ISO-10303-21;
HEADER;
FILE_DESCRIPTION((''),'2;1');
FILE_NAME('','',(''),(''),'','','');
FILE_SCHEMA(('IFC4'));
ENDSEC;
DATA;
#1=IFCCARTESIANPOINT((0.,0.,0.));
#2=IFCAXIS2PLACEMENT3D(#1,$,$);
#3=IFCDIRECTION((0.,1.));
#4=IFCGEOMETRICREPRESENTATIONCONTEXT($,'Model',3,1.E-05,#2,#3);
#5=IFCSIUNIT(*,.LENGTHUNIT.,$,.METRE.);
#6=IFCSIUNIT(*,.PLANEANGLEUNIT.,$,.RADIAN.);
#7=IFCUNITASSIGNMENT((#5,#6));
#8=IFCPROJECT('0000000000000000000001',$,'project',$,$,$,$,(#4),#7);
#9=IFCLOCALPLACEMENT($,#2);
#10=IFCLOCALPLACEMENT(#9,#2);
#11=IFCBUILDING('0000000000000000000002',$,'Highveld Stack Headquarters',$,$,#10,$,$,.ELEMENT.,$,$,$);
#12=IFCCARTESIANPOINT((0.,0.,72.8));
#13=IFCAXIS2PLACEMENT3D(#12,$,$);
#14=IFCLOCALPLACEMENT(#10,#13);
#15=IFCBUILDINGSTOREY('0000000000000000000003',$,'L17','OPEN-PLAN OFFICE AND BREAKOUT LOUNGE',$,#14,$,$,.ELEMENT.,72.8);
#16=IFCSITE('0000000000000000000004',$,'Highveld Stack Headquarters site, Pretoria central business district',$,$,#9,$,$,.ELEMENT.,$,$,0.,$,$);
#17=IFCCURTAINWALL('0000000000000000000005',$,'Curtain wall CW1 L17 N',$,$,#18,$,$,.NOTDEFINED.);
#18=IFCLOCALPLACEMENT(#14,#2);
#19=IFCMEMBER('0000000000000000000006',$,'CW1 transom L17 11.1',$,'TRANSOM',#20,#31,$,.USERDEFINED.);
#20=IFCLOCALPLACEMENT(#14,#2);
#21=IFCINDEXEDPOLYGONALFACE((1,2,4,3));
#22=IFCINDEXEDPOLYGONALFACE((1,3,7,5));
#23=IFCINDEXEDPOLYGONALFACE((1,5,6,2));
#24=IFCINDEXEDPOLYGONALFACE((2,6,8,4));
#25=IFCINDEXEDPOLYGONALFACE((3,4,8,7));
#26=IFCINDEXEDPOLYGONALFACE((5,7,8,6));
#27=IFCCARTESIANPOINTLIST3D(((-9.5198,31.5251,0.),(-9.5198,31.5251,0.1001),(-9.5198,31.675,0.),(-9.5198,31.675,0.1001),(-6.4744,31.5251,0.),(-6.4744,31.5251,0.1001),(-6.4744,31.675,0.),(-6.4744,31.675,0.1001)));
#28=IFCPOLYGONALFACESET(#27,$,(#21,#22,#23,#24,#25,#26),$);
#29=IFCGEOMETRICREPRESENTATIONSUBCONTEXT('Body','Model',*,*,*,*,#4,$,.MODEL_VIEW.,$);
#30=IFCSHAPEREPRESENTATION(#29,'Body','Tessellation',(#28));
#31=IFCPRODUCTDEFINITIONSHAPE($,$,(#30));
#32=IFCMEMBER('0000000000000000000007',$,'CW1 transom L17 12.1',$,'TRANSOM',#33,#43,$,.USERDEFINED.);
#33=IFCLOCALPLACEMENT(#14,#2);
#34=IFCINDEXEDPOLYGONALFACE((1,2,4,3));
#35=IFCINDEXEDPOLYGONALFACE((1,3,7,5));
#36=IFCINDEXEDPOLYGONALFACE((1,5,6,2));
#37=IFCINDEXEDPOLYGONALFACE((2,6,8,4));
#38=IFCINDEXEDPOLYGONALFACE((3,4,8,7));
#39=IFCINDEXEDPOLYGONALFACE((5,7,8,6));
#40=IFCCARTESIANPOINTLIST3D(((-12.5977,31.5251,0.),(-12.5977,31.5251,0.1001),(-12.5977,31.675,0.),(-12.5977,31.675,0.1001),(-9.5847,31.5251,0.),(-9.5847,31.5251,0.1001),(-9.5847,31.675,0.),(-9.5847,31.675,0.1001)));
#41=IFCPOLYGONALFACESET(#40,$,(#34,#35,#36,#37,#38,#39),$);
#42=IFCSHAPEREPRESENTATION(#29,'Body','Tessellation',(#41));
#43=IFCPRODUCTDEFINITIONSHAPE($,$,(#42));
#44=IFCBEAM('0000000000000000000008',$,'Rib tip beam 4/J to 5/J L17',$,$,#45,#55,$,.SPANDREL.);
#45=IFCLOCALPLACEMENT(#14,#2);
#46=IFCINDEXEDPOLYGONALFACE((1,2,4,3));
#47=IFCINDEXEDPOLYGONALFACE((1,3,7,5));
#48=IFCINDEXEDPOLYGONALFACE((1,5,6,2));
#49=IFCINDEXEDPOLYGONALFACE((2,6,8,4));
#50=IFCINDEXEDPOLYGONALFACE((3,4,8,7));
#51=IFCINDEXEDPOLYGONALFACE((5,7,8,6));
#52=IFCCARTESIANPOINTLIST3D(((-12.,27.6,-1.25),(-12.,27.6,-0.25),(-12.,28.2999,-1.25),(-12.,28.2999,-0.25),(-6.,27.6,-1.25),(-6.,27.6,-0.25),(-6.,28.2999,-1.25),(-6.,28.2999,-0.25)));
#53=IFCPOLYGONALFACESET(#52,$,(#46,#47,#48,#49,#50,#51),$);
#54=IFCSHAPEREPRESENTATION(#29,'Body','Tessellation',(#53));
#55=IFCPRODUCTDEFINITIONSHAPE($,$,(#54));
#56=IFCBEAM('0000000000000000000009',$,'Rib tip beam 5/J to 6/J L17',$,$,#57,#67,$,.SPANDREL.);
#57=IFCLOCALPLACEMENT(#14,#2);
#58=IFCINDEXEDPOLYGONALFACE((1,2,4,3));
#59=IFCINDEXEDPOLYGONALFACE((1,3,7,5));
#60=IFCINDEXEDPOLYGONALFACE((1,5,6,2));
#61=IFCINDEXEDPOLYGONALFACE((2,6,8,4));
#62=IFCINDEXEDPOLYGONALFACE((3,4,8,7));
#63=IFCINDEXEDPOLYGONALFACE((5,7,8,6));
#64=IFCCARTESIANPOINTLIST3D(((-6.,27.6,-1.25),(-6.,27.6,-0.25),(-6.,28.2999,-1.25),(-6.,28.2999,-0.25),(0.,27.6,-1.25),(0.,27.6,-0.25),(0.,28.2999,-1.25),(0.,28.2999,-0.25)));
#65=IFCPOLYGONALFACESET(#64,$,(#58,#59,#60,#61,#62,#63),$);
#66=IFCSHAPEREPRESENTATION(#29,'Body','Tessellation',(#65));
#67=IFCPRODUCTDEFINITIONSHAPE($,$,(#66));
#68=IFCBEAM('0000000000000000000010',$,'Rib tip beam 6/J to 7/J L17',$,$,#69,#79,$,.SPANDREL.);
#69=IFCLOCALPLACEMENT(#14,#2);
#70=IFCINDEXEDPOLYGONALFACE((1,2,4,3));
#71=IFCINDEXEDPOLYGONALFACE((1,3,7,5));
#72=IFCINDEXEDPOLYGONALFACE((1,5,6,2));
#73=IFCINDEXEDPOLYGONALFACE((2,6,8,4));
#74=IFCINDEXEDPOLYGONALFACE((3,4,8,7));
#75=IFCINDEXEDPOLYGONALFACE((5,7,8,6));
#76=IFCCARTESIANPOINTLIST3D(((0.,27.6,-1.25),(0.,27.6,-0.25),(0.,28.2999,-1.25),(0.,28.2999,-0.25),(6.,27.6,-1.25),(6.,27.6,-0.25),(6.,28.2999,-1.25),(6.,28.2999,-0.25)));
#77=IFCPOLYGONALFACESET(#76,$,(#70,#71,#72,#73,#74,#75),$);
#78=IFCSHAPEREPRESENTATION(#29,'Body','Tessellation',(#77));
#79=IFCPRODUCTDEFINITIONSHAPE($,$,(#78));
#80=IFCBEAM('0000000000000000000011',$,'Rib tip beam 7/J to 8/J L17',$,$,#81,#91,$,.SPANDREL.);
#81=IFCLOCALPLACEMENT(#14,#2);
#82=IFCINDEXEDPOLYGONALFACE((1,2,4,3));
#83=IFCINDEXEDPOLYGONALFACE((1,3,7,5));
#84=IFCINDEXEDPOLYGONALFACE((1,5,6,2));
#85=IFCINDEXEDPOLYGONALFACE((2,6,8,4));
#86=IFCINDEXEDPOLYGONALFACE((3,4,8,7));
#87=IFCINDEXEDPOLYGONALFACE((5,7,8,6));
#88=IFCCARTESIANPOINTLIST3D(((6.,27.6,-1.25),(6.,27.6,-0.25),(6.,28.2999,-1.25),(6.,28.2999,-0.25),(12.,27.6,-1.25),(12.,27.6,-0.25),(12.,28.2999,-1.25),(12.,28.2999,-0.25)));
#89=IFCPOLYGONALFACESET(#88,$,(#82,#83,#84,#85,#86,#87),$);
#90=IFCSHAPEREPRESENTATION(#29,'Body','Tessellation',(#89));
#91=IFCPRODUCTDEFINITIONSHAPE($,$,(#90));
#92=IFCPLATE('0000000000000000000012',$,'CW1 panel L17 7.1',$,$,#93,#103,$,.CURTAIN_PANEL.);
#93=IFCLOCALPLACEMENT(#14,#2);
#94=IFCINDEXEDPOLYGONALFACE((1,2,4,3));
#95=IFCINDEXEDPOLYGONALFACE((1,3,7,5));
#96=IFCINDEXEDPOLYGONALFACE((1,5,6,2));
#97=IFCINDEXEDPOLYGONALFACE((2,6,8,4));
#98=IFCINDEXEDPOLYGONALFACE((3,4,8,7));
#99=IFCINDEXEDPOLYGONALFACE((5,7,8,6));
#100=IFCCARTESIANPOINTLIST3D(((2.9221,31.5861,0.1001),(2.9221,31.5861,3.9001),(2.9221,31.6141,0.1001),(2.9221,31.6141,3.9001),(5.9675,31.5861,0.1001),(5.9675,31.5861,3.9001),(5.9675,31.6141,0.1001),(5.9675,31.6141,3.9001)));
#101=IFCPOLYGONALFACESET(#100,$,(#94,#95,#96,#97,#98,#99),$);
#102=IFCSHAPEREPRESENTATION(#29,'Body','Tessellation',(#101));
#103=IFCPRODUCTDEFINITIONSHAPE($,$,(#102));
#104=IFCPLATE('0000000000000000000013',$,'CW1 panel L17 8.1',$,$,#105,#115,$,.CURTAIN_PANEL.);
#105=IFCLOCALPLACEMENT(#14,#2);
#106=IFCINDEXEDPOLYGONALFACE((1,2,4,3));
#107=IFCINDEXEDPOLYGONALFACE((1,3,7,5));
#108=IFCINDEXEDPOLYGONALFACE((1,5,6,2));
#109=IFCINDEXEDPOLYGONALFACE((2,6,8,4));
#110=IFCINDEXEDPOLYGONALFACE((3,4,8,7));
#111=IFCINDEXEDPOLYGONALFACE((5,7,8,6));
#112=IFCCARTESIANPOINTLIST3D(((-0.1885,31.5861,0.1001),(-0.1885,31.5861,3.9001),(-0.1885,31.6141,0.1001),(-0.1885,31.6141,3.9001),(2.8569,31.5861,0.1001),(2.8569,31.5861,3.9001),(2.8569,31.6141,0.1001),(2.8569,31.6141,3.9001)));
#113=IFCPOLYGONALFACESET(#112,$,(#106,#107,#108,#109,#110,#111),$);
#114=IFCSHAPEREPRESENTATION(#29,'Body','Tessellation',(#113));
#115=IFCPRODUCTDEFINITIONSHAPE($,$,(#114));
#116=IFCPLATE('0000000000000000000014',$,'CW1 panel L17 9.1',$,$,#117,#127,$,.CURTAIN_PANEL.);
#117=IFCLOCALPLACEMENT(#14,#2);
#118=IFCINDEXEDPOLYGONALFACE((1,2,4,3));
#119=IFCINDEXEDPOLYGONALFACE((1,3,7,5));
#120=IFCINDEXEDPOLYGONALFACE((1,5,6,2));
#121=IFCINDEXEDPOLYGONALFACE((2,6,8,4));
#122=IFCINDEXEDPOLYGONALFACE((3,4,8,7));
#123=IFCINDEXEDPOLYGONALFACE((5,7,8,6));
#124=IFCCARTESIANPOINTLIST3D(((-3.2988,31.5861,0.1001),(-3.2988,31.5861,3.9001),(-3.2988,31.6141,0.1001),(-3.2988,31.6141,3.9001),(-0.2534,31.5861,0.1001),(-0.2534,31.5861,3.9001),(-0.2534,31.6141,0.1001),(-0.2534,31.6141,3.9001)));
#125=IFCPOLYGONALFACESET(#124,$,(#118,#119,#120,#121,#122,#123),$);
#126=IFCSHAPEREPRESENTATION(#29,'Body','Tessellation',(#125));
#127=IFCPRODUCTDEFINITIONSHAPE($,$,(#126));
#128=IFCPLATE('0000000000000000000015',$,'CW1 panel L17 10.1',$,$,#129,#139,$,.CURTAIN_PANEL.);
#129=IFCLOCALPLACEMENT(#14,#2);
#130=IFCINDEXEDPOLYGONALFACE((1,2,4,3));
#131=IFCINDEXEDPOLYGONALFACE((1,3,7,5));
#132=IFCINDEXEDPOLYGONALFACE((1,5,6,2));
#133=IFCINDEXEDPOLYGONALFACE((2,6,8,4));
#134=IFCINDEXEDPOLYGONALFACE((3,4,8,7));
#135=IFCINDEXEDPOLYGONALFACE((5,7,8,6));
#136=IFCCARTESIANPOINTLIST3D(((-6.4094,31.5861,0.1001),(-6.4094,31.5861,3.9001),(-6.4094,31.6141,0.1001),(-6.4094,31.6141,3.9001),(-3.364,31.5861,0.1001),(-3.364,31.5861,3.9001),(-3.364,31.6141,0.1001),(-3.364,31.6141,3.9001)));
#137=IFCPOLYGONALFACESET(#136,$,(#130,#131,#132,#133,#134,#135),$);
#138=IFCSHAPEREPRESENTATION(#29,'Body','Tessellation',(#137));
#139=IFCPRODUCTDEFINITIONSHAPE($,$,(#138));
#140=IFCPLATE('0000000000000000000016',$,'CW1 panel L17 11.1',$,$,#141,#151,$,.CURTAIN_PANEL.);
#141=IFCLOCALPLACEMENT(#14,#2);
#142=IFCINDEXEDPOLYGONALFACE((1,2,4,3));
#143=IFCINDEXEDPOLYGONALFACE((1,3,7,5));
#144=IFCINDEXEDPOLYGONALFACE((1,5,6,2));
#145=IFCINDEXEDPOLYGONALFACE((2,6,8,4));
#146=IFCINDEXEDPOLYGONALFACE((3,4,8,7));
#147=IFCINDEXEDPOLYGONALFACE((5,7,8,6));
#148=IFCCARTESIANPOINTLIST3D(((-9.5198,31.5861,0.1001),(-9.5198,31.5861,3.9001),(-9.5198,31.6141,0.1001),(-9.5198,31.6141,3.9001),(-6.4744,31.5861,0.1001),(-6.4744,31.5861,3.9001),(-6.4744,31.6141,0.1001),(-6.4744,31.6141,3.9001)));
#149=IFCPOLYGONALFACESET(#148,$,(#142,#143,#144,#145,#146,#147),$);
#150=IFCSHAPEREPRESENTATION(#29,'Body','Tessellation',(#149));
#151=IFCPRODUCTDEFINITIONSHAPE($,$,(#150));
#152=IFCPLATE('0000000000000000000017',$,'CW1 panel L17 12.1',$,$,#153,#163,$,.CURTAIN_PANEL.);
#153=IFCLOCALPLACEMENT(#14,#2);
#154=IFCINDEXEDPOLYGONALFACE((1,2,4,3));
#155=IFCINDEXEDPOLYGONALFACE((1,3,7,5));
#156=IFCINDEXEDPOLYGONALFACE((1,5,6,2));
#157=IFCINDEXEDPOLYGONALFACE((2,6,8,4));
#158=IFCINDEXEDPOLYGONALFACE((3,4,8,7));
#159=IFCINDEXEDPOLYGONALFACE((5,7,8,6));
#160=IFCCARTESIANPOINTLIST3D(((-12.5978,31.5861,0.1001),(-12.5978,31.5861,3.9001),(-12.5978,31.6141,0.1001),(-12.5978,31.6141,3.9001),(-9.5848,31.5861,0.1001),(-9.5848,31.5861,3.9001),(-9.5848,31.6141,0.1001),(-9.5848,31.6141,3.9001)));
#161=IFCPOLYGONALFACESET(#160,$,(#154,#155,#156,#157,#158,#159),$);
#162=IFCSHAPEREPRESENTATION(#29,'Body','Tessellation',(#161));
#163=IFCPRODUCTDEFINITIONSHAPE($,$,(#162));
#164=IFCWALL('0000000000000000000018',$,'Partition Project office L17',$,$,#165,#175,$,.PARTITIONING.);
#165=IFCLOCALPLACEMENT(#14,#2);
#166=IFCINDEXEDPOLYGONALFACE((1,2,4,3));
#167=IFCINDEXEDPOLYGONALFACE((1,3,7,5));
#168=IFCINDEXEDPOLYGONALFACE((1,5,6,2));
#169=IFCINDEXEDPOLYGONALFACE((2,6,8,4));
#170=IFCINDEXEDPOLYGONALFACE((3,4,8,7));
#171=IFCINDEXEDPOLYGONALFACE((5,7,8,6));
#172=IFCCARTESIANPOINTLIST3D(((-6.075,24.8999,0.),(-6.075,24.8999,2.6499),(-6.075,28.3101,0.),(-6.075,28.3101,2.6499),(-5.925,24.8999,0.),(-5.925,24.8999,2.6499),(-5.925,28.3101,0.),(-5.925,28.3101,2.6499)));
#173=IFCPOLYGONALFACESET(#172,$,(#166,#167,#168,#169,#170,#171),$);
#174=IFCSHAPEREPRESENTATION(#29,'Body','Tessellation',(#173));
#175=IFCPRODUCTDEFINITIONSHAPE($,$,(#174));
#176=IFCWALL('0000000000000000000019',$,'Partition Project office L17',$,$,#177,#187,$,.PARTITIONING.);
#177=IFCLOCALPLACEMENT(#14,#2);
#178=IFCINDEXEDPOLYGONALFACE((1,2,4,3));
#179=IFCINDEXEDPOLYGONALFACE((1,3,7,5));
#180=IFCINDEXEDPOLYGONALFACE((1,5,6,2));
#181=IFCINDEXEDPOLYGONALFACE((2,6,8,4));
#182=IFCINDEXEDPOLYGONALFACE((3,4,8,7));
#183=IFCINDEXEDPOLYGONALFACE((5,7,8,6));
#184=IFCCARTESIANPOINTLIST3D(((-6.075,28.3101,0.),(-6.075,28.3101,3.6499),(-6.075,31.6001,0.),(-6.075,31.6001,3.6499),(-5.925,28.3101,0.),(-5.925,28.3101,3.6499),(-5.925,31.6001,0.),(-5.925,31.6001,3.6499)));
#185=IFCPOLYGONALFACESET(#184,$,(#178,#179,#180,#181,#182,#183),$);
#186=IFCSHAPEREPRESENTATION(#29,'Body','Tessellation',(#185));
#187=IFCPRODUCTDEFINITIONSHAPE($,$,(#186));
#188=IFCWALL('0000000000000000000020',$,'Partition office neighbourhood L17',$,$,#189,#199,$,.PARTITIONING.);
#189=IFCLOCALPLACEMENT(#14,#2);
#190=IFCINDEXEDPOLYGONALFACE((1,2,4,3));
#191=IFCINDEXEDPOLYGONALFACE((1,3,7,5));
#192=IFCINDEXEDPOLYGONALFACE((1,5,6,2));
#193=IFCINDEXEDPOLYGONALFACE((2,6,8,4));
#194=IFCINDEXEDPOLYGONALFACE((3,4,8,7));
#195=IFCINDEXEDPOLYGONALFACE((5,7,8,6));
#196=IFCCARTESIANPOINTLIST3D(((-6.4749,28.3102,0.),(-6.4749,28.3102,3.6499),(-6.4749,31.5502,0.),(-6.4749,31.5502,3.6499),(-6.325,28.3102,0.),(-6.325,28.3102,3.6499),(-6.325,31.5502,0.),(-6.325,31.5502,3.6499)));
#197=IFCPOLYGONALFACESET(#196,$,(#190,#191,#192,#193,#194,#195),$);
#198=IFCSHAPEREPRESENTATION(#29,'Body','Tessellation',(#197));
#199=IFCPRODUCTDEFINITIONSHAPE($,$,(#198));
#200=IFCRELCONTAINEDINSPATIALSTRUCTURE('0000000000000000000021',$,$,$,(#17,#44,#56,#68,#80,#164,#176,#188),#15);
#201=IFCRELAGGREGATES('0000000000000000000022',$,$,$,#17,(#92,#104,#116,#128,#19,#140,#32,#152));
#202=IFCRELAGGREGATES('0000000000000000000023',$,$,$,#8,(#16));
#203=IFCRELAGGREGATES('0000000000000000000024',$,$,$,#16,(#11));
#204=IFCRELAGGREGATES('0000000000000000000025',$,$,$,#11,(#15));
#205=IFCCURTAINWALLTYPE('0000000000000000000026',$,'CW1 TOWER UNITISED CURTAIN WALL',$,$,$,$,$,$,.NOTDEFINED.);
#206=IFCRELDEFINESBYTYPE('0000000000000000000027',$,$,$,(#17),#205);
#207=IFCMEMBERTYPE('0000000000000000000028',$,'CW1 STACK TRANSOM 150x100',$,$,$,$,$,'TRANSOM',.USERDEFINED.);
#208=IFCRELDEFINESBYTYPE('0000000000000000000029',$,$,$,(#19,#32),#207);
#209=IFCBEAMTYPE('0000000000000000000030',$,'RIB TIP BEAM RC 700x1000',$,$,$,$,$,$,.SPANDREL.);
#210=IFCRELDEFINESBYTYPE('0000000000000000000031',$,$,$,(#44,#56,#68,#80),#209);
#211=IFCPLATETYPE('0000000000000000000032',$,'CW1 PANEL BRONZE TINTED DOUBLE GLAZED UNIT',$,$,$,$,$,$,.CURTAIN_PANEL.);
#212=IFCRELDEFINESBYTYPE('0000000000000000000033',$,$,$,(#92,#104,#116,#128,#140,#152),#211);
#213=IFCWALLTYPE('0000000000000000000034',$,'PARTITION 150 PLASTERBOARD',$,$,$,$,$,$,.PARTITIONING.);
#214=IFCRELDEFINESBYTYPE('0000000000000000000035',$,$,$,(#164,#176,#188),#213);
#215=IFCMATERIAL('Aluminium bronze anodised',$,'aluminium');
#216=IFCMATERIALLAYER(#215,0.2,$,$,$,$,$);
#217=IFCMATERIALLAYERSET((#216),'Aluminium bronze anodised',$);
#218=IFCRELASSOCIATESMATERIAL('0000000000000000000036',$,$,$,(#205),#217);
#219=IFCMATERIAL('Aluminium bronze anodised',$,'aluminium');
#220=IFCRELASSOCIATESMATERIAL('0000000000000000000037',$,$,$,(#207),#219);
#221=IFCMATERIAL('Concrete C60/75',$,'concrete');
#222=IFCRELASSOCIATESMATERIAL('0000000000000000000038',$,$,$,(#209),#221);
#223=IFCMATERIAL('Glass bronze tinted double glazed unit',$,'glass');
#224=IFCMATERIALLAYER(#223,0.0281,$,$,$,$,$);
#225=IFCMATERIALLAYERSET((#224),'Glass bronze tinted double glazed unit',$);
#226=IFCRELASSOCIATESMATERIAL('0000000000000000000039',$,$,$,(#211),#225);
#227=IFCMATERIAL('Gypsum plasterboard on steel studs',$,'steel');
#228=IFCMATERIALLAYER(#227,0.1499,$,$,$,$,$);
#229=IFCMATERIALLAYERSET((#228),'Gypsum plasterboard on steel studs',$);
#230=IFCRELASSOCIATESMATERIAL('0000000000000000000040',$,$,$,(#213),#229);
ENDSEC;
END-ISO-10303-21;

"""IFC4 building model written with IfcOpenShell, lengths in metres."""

from ifc_helpers import new_model, si_unit, direction, frame, frame_2d, origin, origin_2d, place, context, subcontext, project, spatial, rectangle, extrude, material, layer, layer_set, material_profile, profile_set, type_object, element, aggregate, save


model = new_model("IFC4")

# Units and contexts
model_context = context("Model", 3, precision=1e-05, world=origin(), true_north=direction((0.0, 1.0)))
body_context = subcontext(model_context, "Body", "Model", "MODEL_VIEW")
ifc_project = project(units=[si_unit("LENGTHUNIT", "METRE"), si_unit("PLANEANGLEUNIT", "RADIAN")], contexts=[model_context])

# Site, building, storey
site_placement = place(None, origin())
site = spatial("IfcSite", under=ifc_project, at=site_placement, Name="Highveld Stack Headquarters site, Pretoria central business district", CompositionType="ELEMENT", RefElevation=0.0)
building_placement = place(site_placement, origin())
building = spatial("IfcBuilding", under=site, at=building_placement, Name="Highveld Stack Headquarters", CompositionType="ELEMENT")
storey_placement = place(building_placement, frame((0.0, 0.0, 72.8)))
storey = spatial("IfcBuildingStorey", under=building, at=storey_placement, Name="L17", Description="OPEN-PLAN OFFICE AND BREAKOUT LOUNGE", CompositionType="ELEMENT", Elevation=72.8)

# Curtain wall, members
ifc_material_1 = material(Name="Aluminium bronze anodised", Category="aluminium")
ifc_layer_1 = layer(ifc_material_1, 0.2)
ifc_layer_set_1 = layer_set([ifc_layer_1], Name="Aluminium bronze anodised")
curtain_wall_type = type_object("IfcCurtainWallType", Name="CW1 TOWER UNITISED CURTAIN WALL", PredefinedType="NOTDEFINED", material=ifc_layer_set_1)
curtain_wall_placement = place(storey_placement, origin())
curtain_wall = element("IfcCurtainWall", 1, at=curtain_wall_placement, inside=storey, type_object=curtain_wall_type, Name="Curtain wall CW1 L17 N", PredefinedType="NOTDEFINED")
ifc_material_2 = material(Name="Aluminium bronze anodised", Category="aluminium")
ifc_material_profile_1 = material_profile(ifc_material_2, rectangle(XDim=0.1499, YDim=0.1001, at=origin_2d()), Name="CW1 TRANSOM 150x100")
ifc_profile_set_1 = profile_set([ifc_material_profile_1], Name="Aluminium bronze anodised")
member_type_1 = type_object("IfcMemberType", Name="CW1 STACK TRANSOM 150x100", ElementType="TRANSOM", PredefinedType="USERDEFINED", material=ifc_profile_set_1)
member_1_placement = place(storey_placement, frame((-6.4744, 31.6001, 0.05), z_axis=(-1.0, 0.0, 0.0), x_axis=(0.0, -1.0, 0.0)))
member_1 = element("IfcMember", 2, at=member_1_placement, type_object=member_type_1, Name="CW1 transom L17 11.1", ObjectType="TRANSOM", PredefinedType="USERDEFINED", context=body_context, shape_type="SweptSolid", body=[
    extrude(rectangle(XDim=0.1499, YDim=0.1001, at=origin_2d()), origin(), (0.0, 0.0, 1.0), 3.0454),
])
member_2_placement = place(storey_placement, frame((-9.5847, 31.6001, 0.05), z_axis=(-1.0, 0.0, 0.0), x_axis=(0.0, -1.0, 0.0)))
member_2 = element("IfcMember", 3, at=member_2_placement, type_object=member_type_1, Name="CW1 transom L17 12.1", ObjectType="TRANSOM", PredefinedType="USERDEFINED", context=body_context, shape_type="SweptSolid", body=[
    extrude(rectangle(XDim=0.1499, YDim=0.1001, at=origin_2d()), origin(), (0.0, 0.0, 1.0), 3.0129),
])

# Beams
ifc_material_3 = material(Name="Concrete C60/75", Category="concrete")
ifc_material_profile_2 = material_profile(ifc_material_3, rectangle(XDim=0.7, YDim=1.0, at=origin_2d()), Name="RC 700x1000")
ifc_profile_set_2 = profile_set([ifc_material_profile_2], Name="Concrete C60/75")
beam_type = type_object("IfcBeamType", Name="RIB TIP BEAM RC 700x1000", PredefinedType="SPANDREL", material=ifc_profile_set_2)
for number, where, z_axis, x_axis, name in (
    (4, (-12.0, 27.95, -0.75), (1.0, 0.0, 0.0), (0.0, 1.0, 0.0), "Rib tip beam 4/J to 5/J L17"),
    (5, (-6.0, 27.95, -0.75), (1.0, 0.0, 0.0), (0.0, 1.0, 0.0), "Rib tip beam 5/J to 6/J L17"),
    (6, (0.0, 27.95, -0.75), (1.0, 0.0, 0.0), (0.0, 1.0, 0.0), "Rib tip beam 6/J to 7/J L17"),
    (7, (6.0, 27.95, -0.75), (1.0, 0.0, 0.0), (0.0, 1.0, 0.0), "Rib tip beam 7/J to 8/J L17"),
):
    element("IfcBeam", number, at=place(storey_placement, frame(where, z_axis=z_axis, x_axis=x_axis)), inside=storey, type_object=beam_type, Name=name, PredefinedType="SPANDREL", context=body_context, shape_type="SweptSolid", body=[
        extrude(rectangle(XDim=0.7, YDim=1.0, at=origin_2d()), origin(), (0.0, 0.0, 1.0), 6.0),
    ])

# Plates
ifc_material_4 = material(Name="Glass bronze tinted double glazed unit", Category="glass")
ifc_layer_2 = layer(ifc_material_4, 0.0281)
ifc_layer_set_2 = layer_set([ifc_layer_2], Name="Glass bronze tinted double glazed unit")
plate_type = type_object("IfcPlateType", Name="CW1 PANEL BRONZE TINTED DOUBLE GLAZED UNIT", PredefinedType="CURTAIN_PANEL", material=ifc_layer_set_2)
plate_1_placement = place(storey_placement, frame((4.4448, 31.6001, 0.1001), z_axis=(0.0, 0.0, 1.0), x_axis=(-1.0, 0.0, 0.0)))
plate_1 = element("IfcPlate", 8, at=plate_1_placement, type_object=plate_type, Name="CW1 panel L17 7.1", PredefinedType="CURTAIN_PANEL", context=body_context, shape_type="SweptSolid", body=[
    extrude(rectangle(XDim=3.0454, YDim=0.0281, at=origin_2d()), origin(), (0.0, 0.0, 1.0), 3.8),
])
plate_2_placement = place(storey_placement, frame((1.3342, 31.6001, 0.1001), z_axis=(0.0, 0.0, 1.0), x_axis=(-1.0, 0.0, 0.0)))
plate_2 = element("IfcPlate", 9, at=plate_2_placement, type_object=plate_type, Name="CW1 panel L17 8.1", PredefinedType="CURTAIN_PANEL", context=body_context, shape_type="SweptSolid", body=[
    extrude(rectangle(XDim=3.0454, YDim=0.0281, at=origin_2d()), origin(), (0.0, 0.0, 1.0), 3.8),
])
plate_3_placement = place(storey_placement, frame((-1.7761, 31.6001, 0.1001), z_axis=(0.0, 0.0, 1.0), x_axis=(-1.0, 0.0, 0.0)))
plate_3 = element("IfcPlate", 10, at=plate_3_placement, type_object=plate_type, Name="CW1 panel L17 9.1", PredefinedType="CURTAIN_PANEL", context=body_context, shape_type="SweptSolid", body=[
    extrude(rectangle(XDim=3.0454, YDim=0.0281, at=origin_2d()), origin(), (0.0, 0.0, 1.0), 3.8),
])
plate_4_placement = place(storey_placement, frame((-4.8867, 31.6001, 0.1001), z_axis=(0.0, 0.0, 1.0), x_axis=(-1.0, 0.0, 0.0)))
plate_4 = element("IfcPlate", 11, at=plate_4_placement, type_object=plate_type, Name="CW1 panel L17 10.1", PredefinedType="CURTAIN_PANEL", context=body_context, shape_type="SweptSolid", body=[
    extrude(rectangle(XDim=3.0454, YDim=0.0281, at=origin_2d()), origin(), (0.0, 0.0, 1.0), 3.8),
])
plate_5_placement = place(storey_placement, frame((-7.9971, 31.6001, 0.1001), z_axis=(0.0, 0.0, 1.0), x_axis=(-1.0, 0.0, 0.0)))
plate_5 = element("IfcPlate", 12, at=plate_5_placement, type_object=plate_type, Name="CW1 panel L17 11.1", PredefinedType="CURTAIN_PANEL", context=body_context, shape_type="SweptSolid", body=[
    extrude(rectangle(XDim=3.0454, YDim=0.0281, at=origin_2d()), origin(), (0.0, 0.0, 1.0), 3.8),
])
plate_6_placement = place(storey_placement, frame((-11.0913, 31.6001, 0.1001), z_axis=(0.0, 0.0, 1.0), x_axis=(-1.0, 0.0, 0.0)))
plate_6 = element("IfcPlate", 13, at=plate_6_placement, type_object=plate_type, Name="CW1 panel L17 12.1", PredefinedType="CURTAIN_PANEL", context=body_context, shape_type="SweptSolid", body=[
    extrude(rectangle(XDim=3.0129, YDim=0.0281, at=origin_2d()), origin(), (0.0, 0.0, 1.0), 3.8),
])
aggregate(curtain_wall, [plate_1, plate_2, plate_3, plate_4, member_1, plate_5, member_2, plate_6])

# Walls
ifc_material_5 = material(Name="Gypsum plasterboard on steel studs", Category="steel")
ifc_layer_3 = layer(ifc_material_5, 0.1499)
ifc_layer_set_3 = layer_set([ifc_layer_3], Name="Gypsum plasterboard on steel studs")
wall_type = type_object("IfcWallType", Name="PARTITION 150 PLASTERBOARD", PredefinedType="PARTITIONING", material=ifc_layer_set_3)
wall_1_placement = place(storey_placement, frame((-6.0, 24.8999, 0.0), z_axis=(0.0, 0.0, 1.0), x_axis=(0.0, 1.0, 0.0)))
element("IfcWall", 14, at=wall_1_placement, inside=storey, type_object=wall_type, Name="Partition Project office L17", PredefinedType="PARTITIONING", context=body_context, shape_type="SweptSolid", body=[
    extrude(rectangle(XDim=3.4102, YDim=0.1499, at=frame_2d((1.7051, 0.0))), origin(), (0.0, 0.0, 1.0), 2.6499),
])
wall_2_placement = place(storey_placement, frame((-6.0, 28.3101, 0.0), z_axis=(0.0, 0.0, 1.0), x_axis=(0.0, 1.0, 0.0)))
element("IfcWall", 15, at=wall_2_placement, inside=storey, type_object=wall_type, Name="Partition Project office L17", PredefinedType="PARTITIONING", context=body_context, shape_type="SweptSolid", body=[
    extrude(rectangle(XDim=3.29, YDim=0.1499, at=frame_2d((1.645, 0.0))), origin(), (0.0, 0.0, 1.0), 3.6499),
])
wall_3_placement = place(storey_placement, frame((-6.3999, 28.3101, 0.0), z_axis=(0.0, 0.0, 1.0), x_axis=(0.0, 1.0, 0.0)))
element("IfcWall", 16, at=wall_3_placement, inside=storey, type_object=wall_type, Name="Partition office neighbourhood L17", PredefinedType="PARTITIONING", context=body_context, shape_type="SweptSolid", body=[
    extrude(rectangle(XDim=3.24, YDim=0.1499, at=frame_2d((1.6201, 0.0))), origin(), (0.0, 0.0, 1.0), 3.6499),
])

save(model, "model.ifc")
